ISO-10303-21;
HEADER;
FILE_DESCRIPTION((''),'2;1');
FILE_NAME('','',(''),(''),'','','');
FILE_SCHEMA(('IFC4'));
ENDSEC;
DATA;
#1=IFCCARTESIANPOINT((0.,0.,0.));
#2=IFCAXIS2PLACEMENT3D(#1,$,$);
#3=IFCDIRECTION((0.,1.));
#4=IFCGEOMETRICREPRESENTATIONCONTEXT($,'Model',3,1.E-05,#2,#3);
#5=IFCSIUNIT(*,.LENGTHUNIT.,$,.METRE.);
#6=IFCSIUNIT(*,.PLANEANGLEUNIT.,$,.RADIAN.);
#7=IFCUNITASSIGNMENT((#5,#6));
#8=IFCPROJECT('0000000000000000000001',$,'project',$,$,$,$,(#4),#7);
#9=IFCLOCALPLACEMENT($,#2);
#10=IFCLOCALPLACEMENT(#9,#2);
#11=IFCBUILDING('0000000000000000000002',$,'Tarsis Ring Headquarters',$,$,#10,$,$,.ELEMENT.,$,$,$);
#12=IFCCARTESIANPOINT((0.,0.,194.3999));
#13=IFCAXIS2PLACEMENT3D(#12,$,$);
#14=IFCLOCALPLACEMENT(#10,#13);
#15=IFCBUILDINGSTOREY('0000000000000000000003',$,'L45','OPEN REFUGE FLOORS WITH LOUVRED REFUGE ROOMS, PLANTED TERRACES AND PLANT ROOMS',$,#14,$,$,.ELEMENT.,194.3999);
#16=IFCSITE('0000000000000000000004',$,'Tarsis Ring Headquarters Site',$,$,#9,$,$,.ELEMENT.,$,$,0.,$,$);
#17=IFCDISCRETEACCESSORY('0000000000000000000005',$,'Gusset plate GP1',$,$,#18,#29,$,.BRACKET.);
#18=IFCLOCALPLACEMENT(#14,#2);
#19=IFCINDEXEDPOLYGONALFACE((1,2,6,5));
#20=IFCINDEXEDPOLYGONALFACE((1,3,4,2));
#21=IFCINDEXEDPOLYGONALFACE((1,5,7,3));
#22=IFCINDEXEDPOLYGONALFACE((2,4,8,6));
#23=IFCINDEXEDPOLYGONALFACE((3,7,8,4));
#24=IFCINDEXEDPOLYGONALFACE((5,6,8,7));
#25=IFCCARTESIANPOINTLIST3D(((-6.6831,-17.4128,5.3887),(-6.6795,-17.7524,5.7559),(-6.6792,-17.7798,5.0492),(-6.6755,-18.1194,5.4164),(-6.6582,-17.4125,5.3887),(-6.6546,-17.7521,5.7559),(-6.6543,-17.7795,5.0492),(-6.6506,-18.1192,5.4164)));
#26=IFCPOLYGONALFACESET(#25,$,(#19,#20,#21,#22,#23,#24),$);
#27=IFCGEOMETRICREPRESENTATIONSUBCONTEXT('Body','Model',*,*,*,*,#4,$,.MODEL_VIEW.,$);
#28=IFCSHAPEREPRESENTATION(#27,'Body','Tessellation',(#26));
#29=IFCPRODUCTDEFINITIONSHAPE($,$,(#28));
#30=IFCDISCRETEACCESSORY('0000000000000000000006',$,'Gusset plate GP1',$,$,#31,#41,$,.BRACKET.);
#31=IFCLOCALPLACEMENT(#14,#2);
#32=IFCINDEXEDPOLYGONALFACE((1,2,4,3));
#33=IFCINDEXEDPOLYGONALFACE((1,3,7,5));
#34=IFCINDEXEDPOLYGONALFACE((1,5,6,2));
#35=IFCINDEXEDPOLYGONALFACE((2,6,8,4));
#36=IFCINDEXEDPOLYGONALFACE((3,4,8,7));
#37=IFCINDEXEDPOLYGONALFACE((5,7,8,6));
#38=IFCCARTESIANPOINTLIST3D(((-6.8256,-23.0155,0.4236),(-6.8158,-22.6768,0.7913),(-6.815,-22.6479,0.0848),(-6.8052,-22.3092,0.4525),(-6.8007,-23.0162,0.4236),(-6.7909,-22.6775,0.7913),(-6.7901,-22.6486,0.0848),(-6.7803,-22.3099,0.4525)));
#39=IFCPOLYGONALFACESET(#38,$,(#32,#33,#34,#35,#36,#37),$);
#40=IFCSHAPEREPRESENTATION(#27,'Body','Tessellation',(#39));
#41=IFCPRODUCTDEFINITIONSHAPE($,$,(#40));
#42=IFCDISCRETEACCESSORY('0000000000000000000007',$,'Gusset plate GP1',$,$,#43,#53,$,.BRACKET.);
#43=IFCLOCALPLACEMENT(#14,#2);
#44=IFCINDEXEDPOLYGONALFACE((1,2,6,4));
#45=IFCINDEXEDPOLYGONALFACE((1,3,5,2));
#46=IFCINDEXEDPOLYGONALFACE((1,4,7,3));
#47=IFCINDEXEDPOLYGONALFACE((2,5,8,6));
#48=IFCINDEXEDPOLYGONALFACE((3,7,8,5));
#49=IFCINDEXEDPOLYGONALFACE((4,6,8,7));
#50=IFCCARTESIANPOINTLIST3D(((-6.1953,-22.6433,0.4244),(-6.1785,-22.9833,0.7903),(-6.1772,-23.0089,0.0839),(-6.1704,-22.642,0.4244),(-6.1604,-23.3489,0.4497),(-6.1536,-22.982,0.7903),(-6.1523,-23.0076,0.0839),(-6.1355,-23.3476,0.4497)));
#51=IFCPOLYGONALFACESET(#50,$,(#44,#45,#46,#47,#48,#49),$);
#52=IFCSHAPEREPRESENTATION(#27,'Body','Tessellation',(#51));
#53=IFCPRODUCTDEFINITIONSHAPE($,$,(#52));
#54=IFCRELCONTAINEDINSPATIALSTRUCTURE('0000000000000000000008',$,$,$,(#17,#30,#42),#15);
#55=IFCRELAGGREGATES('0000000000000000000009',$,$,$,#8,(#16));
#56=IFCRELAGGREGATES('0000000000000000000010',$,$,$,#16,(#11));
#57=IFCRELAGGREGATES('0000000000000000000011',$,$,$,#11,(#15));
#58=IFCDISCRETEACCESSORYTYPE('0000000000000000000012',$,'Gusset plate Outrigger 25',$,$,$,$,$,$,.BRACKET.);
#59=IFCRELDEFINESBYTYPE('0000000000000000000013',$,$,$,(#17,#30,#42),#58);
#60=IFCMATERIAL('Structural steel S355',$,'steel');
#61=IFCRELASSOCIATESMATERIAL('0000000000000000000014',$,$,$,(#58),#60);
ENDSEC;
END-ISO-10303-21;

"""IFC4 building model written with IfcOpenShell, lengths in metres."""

from ifc_helpers import new_model, si_unit, direction, frame, origin, origin_2d, place, context, subcontext, project, spatial, rectangle, extrude, material, material_profile, profile_set, type_object, element, save


model = new_model("IFC4")

# Units and contexts
model_context = context("Model", 3, precision=1e-05, world=origin(), true_north=direction((0.0, 1.0)))
body_context = subcontext(model_context, "Body", "Model", "MODEL_VIEW")
ifc_project = project(units=[si_unit("LENGTHUNIT", "METRE"), si_unit("PLANEANGLEUNIT", "RADIAN")], contexts=[model_context])

# Site, building, storey
site_placement = place(None, origin())
site = spatial("IfcSite", under=ifc_project, at=site_placement, Name="Tarsis Ring Headquarters Site", CompositionType="ELEMENT", RefElevation=0.0)
building_placement = place(site_placement, origin())
building = spatial("IfcBuilding", under=site, at=building_placement, Name="Tarsis Ring Headquarters", CompositionType="ELEMENT")
storey_placement = place(building_placement, frame((0.0, 0.0, 194.3999)))
storey = spatial("IfcBuildingStorey", under=building, at=storey_placement, Name="L45", Description="OPEN REFUGE FLOORS WITH LOUVRED REFUGE ROOMS, PLANTED TERRACES AND PLANT ROOMS", CompositionType="ELEMENT", Elevation=194.3999)

# Shared definitions
ifc_material_1 = material(Name="Structural steel S355", Category="steel")

# Discrete accessories
ifc_material_profile_1 = material_profile(ifc_material_1, rectangle(XDim=0.0249, YDim=0.5, at=origin_2d()), Name="PL 25x500")
ifc_profile_set_1 = profile_set([ifc_material_profile_1], Name="Structural steel S355")
discrete_accessory_type = type_object("IfcDiscreteAccessoryType", Name="Gusset plate Outrigger 25", PredefinedType="BRACKET", material=ifc_profile_set_1)
discrete_accessory_1_placement = place(storey_placement, frame((-6.665, -17.9358, 5.5862), z_axis=(-0.007322, 0.678971, -0.734128), x_axis=(-0.999942, -0.010783, 0.0)))
element("IfcDiscreteAccessory", 1, at=discrete_accessory_1_placement, inside=storey, type_object=discrete_accessory_type, Name="Gusset plate GP1", PredefinedType="BRACKET", context=body_context, shape_type="SweptSolid", body=[
    extrude(rectangle(XDim=0.0249, YDim=0.5, at=origin_2d()), origin(), (0.0, 0.0, 1.0), 0.5002),
])
discrete_accessory_2_placement = place(storey_placement, frame((-6.8079, -22.832, 0.2542), z_axis=(0.019533, 0.677319, 0.73543), x_axis=(-0.999584, 0.028827, 0.0)))
element("IfcDiscreteAccessory", 2, at=discrete_accessory_2_placement, inside=storey, type_object=discrete_accessory_type, Name="Gusset plate GP1", PredefinedType="BRACKET", context=body_context, shape_type="SweptSolid", body=[
    extrude(rectangle(XDim=0.0249, YDim=0.5, at=origin_2d()), origin(), (0.0, 0.0, 1.0), 0.5),
])
discrete_accessory_3_placement = place(storey_placement, frame((-6.1738, -22.8254, 0.2542), z_axis=(0.0337, -0.680346, 0.732116), x_axis=(0.998775, 0.049473, 0.0)))
element("IfcDiscreteAccessory", 3, at=discrete_accessory_3_placement, inside=storey, type_object=discrete_accessory_type, Name="Gusset plate GP1", PredefinedType="BRACKET", context=body_context, shape_type="SweptSolid", body=[
    extrude(rectangle(XDim=0.0249, YDim=0.5, at=origin_2d()), origin(), (0.0, 0.0, 1.0), 0.4998),
])

save(model, "model.ifc")
